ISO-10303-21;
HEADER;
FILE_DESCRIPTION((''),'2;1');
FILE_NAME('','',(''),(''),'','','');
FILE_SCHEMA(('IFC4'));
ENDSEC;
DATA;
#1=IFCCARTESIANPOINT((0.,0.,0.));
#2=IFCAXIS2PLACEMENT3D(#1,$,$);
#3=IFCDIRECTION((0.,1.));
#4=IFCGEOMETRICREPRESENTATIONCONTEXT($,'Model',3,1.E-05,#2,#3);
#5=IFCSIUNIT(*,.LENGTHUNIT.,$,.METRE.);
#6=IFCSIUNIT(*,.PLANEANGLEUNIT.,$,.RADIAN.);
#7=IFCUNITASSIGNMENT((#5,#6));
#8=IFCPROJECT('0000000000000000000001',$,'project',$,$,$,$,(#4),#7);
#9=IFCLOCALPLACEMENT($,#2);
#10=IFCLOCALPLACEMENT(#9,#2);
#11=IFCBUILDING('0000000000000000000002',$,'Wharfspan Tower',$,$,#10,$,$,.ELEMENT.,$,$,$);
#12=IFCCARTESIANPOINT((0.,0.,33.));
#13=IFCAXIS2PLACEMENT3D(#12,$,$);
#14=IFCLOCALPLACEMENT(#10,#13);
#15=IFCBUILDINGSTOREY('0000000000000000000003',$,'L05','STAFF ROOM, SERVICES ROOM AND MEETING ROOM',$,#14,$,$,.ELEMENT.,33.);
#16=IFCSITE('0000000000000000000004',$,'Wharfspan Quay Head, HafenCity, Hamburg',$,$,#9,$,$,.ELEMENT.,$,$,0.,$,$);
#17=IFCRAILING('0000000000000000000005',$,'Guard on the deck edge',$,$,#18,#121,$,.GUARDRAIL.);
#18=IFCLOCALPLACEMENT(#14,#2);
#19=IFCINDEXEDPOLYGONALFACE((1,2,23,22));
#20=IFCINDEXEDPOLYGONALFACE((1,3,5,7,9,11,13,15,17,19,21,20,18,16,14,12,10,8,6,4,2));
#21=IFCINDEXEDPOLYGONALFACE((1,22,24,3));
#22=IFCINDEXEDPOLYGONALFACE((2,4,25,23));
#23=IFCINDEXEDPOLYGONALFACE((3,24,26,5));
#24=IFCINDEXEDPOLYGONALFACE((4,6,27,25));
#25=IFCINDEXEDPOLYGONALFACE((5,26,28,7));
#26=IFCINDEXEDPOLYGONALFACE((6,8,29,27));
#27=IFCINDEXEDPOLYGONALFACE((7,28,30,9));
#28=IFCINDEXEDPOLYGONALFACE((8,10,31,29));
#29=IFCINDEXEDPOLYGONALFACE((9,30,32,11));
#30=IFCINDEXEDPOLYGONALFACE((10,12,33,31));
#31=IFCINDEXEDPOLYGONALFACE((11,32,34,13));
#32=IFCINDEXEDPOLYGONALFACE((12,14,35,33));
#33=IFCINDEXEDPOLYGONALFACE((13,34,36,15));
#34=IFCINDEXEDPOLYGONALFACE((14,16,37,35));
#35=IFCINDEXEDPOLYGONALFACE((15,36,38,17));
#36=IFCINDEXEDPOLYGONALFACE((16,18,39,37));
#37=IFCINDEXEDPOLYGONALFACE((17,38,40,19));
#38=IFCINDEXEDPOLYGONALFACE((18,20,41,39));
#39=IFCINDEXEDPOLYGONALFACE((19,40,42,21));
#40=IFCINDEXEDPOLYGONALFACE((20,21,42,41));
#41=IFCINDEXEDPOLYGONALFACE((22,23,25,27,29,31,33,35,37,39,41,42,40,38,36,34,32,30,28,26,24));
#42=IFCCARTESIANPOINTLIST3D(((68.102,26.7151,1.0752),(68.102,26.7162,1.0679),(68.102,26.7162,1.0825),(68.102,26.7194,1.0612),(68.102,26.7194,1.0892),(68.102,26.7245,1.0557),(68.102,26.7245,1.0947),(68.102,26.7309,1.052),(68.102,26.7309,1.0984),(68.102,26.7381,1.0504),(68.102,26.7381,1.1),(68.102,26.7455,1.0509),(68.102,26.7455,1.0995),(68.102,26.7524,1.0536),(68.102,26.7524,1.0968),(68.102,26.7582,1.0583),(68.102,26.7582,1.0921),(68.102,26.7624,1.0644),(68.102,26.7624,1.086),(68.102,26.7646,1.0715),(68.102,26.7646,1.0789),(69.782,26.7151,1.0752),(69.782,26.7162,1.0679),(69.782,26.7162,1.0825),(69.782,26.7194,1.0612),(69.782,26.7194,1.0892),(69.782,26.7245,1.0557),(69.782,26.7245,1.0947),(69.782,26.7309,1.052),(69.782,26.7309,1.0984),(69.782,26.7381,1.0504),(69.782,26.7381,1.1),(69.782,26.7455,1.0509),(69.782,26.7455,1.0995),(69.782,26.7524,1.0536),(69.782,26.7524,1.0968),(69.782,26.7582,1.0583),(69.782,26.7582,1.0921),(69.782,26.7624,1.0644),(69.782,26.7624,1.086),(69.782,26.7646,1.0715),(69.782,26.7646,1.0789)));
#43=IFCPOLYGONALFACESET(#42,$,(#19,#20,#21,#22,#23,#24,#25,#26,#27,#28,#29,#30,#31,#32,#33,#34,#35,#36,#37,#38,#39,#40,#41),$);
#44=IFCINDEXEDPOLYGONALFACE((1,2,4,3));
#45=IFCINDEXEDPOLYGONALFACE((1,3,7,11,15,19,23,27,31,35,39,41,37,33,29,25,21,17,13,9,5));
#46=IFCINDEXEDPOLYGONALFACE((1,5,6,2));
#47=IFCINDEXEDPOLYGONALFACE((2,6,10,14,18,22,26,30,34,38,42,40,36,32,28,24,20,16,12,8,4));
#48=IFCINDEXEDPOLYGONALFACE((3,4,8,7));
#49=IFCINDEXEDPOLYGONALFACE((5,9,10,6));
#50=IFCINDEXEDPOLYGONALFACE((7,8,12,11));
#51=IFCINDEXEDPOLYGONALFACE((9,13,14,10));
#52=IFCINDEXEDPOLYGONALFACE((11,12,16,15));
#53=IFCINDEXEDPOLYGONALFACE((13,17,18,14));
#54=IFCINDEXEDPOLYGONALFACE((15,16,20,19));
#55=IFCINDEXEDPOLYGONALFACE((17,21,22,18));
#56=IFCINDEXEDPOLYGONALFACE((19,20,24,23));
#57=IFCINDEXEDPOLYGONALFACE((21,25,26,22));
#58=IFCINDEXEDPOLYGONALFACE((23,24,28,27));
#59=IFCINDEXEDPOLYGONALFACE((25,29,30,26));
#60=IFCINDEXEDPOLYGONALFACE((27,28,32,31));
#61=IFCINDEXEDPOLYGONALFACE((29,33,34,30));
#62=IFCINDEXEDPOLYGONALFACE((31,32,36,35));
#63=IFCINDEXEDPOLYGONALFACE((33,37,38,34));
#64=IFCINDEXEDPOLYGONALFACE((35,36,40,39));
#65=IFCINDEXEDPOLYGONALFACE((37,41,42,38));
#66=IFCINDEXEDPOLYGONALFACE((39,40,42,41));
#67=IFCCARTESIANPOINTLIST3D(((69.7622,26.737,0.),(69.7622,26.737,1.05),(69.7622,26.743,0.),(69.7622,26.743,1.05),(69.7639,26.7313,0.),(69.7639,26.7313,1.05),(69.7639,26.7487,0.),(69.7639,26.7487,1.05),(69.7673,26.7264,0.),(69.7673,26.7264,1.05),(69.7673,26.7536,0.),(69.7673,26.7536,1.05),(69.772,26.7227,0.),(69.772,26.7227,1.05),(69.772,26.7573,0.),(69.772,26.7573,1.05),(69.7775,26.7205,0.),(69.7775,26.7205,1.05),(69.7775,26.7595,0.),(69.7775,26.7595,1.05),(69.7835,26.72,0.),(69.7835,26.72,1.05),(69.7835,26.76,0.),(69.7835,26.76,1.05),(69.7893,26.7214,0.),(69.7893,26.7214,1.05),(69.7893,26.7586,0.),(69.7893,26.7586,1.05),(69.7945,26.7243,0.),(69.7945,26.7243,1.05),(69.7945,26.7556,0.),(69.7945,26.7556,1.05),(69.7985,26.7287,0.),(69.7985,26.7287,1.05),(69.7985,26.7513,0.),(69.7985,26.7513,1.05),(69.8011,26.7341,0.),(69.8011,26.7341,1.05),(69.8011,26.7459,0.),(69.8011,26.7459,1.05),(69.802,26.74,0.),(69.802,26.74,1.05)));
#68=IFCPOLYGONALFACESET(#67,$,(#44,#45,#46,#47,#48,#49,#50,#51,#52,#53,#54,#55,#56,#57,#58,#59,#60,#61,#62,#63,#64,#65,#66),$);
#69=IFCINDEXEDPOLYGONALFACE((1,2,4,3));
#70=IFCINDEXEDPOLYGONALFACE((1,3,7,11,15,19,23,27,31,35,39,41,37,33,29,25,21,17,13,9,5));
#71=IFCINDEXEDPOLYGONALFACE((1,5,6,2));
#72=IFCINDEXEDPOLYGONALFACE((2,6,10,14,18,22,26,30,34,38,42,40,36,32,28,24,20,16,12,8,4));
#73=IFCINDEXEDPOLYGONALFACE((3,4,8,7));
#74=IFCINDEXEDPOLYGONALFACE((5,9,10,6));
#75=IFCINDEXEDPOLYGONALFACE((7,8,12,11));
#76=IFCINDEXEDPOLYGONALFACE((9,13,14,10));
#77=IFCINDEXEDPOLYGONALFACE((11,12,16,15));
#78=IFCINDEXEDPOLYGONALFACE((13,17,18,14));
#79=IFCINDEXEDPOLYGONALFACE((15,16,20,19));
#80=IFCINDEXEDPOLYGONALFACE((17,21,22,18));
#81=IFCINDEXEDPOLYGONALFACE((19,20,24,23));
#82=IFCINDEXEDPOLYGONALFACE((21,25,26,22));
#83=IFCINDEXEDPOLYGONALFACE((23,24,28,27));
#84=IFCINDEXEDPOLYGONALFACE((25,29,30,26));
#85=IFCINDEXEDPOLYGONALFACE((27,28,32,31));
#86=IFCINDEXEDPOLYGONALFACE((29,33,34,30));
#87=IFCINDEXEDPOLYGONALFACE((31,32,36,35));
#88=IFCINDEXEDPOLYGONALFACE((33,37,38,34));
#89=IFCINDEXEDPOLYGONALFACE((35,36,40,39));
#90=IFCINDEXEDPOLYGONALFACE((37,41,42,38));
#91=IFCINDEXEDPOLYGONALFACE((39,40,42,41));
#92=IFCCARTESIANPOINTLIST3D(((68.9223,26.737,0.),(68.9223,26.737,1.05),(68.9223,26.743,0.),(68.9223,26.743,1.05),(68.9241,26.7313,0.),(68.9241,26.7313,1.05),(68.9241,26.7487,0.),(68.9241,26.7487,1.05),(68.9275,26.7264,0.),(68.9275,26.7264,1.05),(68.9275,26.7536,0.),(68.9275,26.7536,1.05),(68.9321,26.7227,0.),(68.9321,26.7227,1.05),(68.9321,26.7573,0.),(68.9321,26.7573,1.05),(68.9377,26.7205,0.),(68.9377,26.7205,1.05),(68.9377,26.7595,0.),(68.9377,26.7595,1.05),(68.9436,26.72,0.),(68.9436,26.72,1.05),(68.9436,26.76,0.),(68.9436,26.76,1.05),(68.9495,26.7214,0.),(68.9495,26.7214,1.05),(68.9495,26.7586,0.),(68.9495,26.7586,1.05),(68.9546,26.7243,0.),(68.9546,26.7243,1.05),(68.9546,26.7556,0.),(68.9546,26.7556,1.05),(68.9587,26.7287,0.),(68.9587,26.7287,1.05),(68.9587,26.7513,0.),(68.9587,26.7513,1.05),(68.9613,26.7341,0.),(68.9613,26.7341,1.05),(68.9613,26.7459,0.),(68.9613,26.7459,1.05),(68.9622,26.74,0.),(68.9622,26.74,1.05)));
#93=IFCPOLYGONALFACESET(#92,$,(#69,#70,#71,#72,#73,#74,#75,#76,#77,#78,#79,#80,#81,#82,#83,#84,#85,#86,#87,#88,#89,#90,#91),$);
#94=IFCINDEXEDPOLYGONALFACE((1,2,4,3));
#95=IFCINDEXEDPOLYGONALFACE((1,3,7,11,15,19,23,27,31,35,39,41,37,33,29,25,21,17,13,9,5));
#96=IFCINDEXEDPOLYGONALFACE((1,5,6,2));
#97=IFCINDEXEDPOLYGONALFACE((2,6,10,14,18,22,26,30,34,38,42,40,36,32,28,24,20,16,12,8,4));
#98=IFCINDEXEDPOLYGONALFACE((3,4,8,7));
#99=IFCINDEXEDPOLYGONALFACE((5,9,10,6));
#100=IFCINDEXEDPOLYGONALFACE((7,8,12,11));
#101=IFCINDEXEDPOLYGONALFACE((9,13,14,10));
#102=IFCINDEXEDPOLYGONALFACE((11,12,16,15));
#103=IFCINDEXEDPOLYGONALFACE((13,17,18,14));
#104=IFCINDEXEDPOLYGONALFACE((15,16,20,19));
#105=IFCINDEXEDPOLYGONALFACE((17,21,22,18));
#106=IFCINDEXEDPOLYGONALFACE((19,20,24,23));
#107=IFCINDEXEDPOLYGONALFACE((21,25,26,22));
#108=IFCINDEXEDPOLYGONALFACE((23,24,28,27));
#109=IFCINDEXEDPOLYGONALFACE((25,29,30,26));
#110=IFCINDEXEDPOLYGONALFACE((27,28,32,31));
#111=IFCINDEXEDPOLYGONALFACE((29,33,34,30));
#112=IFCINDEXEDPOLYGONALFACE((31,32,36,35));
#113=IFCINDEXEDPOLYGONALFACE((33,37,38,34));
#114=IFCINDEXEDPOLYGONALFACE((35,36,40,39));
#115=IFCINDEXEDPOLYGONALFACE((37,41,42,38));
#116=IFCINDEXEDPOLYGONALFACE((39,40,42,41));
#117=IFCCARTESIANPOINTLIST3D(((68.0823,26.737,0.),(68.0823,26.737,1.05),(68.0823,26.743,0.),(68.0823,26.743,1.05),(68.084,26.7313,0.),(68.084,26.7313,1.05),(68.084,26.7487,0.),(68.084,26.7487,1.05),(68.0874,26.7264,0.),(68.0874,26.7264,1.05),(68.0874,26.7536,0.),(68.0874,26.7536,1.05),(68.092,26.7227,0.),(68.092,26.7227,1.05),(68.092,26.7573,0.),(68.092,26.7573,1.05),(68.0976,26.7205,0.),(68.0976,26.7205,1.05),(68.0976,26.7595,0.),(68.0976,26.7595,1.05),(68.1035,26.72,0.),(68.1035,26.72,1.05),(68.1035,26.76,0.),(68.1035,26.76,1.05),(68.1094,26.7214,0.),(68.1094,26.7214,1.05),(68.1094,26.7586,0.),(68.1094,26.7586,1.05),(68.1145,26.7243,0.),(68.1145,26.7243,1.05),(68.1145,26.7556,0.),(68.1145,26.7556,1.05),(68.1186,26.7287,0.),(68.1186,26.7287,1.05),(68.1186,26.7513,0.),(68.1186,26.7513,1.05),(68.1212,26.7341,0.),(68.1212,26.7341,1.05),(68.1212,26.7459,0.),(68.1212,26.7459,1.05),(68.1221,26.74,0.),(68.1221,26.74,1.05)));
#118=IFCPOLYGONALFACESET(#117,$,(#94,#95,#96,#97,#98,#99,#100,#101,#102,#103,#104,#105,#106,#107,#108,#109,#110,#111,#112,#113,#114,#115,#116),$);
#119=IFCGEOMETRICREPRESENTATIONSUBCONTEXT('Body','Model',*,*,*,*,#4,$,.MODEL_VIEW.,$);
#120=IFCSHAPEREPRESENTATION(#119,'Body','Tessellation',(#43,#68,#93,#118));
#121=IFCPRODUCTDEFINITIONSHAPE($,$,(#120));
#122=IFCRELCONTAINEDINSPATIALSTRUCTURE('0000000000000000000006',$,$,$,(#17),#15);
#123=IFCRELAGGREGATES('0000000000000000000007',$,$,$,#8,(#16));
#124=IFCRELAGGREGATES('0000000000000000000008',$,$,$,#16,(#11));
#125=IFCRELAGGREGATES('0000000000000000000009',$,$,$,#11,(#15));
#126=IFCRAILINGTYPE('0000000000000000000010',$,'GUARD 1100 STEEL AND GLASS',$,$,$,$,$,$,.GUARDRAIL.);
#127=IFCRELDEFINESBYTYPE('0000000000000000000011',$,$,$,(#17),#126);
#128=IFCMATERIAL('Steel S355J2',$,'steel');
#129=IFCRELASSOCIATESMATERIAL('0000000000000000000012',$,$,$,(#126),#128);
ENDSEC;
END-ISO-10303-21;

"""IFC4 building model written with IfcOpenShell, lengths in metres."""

from ifc_helpers import new_model, si_unit, direction, frame, origin, origin_2d, place, context, subcontext, project, spatial, circle, extrude, material, type_object, element, save


model = new_model("IFC4")

# Units and contexts
model_context = context("Model", 3, precision=1e-05, world=origin(), true_north=direction((0.0, 1.0)))
body_context = subcontext(model_context, "Body", "Model", "MODEL_VIEW")
ifc_project = project(units=[si_unit("LENGTHUNIT", "METRE"), si_unit("PLANEANGLEUNIT", "RADIAN")], contexts=[model_context])

# Site, building, storey
site_placement = place(None, origin())
site = spatial("IfcSite", under=ifc_project, at=site_placement, Name="Wharfspan Quay Head, HafenCity, Hamburg", CompositionType="ELEMENT", RefElevation=0.0)
building_placement = place(site_placement, origin())
building = spatial("IfcBuilding", under=site, at=building_placement, Name="Wharfspan Tower", CompositionType="ELEMENT")
storey_placement = place(building_placement, frame((0.0, 0.0, 33.0)))
storey = spatial("IfcBuildingStorey", under=building, at=storey_placement, Name="L05", Description="STAFF ROOM, SERVICES ROOM AND MEETING ROOM", CompositionType="ELEMENT", Elevation=33.0)

# Railing
ifc_material_1 = material(Name="Steel S355J2", Category="steel")
railing_type_1 = type_object("IfcRailingType", Name="GUARD 1100 STEEL AND GLASS", PredefinedType="GUARDRAIL", material=ifc_material_1)
railing_1_placement = place(storey_placement, frame((69.782, 26.74, 0.0)))
element("IfcRailing", 1, at=railing_1_placement, inside=storey, type_object=railing_type_1, Name="Guard on the deck edge", PredefinedType="GUARDRAIL", context=body_context, shape_type="SweptSolid", body=[
    extrude(circle(Radius=0.0249, at=origin_2d()), frame((0.0, 0.0, 1.0752), z_axis=(-1.0, 0.0, 0.0), x_axis=(0.0, -1.0, 0.0)), (0.0, 0.0, 1.0), 1.6799),
    extrude(circle(Radius=0.02, at=origin_2d()), origin(), (0.0, 0.0, 1.0), 1.05),
    extrude(circle(Radius=0.02, at=origin_2d()), frame((-0.8398, 0.0, 0.0)), (0.0, 0.0, 1.0), 1.05),
    extrude(circle(Radius=0.02, at=origin_2d()), frame((-1.6799, 0.0, 0.0)), (0.0, 0.0, 1.0), 1.05),
])

save(model, "model.ifc")
